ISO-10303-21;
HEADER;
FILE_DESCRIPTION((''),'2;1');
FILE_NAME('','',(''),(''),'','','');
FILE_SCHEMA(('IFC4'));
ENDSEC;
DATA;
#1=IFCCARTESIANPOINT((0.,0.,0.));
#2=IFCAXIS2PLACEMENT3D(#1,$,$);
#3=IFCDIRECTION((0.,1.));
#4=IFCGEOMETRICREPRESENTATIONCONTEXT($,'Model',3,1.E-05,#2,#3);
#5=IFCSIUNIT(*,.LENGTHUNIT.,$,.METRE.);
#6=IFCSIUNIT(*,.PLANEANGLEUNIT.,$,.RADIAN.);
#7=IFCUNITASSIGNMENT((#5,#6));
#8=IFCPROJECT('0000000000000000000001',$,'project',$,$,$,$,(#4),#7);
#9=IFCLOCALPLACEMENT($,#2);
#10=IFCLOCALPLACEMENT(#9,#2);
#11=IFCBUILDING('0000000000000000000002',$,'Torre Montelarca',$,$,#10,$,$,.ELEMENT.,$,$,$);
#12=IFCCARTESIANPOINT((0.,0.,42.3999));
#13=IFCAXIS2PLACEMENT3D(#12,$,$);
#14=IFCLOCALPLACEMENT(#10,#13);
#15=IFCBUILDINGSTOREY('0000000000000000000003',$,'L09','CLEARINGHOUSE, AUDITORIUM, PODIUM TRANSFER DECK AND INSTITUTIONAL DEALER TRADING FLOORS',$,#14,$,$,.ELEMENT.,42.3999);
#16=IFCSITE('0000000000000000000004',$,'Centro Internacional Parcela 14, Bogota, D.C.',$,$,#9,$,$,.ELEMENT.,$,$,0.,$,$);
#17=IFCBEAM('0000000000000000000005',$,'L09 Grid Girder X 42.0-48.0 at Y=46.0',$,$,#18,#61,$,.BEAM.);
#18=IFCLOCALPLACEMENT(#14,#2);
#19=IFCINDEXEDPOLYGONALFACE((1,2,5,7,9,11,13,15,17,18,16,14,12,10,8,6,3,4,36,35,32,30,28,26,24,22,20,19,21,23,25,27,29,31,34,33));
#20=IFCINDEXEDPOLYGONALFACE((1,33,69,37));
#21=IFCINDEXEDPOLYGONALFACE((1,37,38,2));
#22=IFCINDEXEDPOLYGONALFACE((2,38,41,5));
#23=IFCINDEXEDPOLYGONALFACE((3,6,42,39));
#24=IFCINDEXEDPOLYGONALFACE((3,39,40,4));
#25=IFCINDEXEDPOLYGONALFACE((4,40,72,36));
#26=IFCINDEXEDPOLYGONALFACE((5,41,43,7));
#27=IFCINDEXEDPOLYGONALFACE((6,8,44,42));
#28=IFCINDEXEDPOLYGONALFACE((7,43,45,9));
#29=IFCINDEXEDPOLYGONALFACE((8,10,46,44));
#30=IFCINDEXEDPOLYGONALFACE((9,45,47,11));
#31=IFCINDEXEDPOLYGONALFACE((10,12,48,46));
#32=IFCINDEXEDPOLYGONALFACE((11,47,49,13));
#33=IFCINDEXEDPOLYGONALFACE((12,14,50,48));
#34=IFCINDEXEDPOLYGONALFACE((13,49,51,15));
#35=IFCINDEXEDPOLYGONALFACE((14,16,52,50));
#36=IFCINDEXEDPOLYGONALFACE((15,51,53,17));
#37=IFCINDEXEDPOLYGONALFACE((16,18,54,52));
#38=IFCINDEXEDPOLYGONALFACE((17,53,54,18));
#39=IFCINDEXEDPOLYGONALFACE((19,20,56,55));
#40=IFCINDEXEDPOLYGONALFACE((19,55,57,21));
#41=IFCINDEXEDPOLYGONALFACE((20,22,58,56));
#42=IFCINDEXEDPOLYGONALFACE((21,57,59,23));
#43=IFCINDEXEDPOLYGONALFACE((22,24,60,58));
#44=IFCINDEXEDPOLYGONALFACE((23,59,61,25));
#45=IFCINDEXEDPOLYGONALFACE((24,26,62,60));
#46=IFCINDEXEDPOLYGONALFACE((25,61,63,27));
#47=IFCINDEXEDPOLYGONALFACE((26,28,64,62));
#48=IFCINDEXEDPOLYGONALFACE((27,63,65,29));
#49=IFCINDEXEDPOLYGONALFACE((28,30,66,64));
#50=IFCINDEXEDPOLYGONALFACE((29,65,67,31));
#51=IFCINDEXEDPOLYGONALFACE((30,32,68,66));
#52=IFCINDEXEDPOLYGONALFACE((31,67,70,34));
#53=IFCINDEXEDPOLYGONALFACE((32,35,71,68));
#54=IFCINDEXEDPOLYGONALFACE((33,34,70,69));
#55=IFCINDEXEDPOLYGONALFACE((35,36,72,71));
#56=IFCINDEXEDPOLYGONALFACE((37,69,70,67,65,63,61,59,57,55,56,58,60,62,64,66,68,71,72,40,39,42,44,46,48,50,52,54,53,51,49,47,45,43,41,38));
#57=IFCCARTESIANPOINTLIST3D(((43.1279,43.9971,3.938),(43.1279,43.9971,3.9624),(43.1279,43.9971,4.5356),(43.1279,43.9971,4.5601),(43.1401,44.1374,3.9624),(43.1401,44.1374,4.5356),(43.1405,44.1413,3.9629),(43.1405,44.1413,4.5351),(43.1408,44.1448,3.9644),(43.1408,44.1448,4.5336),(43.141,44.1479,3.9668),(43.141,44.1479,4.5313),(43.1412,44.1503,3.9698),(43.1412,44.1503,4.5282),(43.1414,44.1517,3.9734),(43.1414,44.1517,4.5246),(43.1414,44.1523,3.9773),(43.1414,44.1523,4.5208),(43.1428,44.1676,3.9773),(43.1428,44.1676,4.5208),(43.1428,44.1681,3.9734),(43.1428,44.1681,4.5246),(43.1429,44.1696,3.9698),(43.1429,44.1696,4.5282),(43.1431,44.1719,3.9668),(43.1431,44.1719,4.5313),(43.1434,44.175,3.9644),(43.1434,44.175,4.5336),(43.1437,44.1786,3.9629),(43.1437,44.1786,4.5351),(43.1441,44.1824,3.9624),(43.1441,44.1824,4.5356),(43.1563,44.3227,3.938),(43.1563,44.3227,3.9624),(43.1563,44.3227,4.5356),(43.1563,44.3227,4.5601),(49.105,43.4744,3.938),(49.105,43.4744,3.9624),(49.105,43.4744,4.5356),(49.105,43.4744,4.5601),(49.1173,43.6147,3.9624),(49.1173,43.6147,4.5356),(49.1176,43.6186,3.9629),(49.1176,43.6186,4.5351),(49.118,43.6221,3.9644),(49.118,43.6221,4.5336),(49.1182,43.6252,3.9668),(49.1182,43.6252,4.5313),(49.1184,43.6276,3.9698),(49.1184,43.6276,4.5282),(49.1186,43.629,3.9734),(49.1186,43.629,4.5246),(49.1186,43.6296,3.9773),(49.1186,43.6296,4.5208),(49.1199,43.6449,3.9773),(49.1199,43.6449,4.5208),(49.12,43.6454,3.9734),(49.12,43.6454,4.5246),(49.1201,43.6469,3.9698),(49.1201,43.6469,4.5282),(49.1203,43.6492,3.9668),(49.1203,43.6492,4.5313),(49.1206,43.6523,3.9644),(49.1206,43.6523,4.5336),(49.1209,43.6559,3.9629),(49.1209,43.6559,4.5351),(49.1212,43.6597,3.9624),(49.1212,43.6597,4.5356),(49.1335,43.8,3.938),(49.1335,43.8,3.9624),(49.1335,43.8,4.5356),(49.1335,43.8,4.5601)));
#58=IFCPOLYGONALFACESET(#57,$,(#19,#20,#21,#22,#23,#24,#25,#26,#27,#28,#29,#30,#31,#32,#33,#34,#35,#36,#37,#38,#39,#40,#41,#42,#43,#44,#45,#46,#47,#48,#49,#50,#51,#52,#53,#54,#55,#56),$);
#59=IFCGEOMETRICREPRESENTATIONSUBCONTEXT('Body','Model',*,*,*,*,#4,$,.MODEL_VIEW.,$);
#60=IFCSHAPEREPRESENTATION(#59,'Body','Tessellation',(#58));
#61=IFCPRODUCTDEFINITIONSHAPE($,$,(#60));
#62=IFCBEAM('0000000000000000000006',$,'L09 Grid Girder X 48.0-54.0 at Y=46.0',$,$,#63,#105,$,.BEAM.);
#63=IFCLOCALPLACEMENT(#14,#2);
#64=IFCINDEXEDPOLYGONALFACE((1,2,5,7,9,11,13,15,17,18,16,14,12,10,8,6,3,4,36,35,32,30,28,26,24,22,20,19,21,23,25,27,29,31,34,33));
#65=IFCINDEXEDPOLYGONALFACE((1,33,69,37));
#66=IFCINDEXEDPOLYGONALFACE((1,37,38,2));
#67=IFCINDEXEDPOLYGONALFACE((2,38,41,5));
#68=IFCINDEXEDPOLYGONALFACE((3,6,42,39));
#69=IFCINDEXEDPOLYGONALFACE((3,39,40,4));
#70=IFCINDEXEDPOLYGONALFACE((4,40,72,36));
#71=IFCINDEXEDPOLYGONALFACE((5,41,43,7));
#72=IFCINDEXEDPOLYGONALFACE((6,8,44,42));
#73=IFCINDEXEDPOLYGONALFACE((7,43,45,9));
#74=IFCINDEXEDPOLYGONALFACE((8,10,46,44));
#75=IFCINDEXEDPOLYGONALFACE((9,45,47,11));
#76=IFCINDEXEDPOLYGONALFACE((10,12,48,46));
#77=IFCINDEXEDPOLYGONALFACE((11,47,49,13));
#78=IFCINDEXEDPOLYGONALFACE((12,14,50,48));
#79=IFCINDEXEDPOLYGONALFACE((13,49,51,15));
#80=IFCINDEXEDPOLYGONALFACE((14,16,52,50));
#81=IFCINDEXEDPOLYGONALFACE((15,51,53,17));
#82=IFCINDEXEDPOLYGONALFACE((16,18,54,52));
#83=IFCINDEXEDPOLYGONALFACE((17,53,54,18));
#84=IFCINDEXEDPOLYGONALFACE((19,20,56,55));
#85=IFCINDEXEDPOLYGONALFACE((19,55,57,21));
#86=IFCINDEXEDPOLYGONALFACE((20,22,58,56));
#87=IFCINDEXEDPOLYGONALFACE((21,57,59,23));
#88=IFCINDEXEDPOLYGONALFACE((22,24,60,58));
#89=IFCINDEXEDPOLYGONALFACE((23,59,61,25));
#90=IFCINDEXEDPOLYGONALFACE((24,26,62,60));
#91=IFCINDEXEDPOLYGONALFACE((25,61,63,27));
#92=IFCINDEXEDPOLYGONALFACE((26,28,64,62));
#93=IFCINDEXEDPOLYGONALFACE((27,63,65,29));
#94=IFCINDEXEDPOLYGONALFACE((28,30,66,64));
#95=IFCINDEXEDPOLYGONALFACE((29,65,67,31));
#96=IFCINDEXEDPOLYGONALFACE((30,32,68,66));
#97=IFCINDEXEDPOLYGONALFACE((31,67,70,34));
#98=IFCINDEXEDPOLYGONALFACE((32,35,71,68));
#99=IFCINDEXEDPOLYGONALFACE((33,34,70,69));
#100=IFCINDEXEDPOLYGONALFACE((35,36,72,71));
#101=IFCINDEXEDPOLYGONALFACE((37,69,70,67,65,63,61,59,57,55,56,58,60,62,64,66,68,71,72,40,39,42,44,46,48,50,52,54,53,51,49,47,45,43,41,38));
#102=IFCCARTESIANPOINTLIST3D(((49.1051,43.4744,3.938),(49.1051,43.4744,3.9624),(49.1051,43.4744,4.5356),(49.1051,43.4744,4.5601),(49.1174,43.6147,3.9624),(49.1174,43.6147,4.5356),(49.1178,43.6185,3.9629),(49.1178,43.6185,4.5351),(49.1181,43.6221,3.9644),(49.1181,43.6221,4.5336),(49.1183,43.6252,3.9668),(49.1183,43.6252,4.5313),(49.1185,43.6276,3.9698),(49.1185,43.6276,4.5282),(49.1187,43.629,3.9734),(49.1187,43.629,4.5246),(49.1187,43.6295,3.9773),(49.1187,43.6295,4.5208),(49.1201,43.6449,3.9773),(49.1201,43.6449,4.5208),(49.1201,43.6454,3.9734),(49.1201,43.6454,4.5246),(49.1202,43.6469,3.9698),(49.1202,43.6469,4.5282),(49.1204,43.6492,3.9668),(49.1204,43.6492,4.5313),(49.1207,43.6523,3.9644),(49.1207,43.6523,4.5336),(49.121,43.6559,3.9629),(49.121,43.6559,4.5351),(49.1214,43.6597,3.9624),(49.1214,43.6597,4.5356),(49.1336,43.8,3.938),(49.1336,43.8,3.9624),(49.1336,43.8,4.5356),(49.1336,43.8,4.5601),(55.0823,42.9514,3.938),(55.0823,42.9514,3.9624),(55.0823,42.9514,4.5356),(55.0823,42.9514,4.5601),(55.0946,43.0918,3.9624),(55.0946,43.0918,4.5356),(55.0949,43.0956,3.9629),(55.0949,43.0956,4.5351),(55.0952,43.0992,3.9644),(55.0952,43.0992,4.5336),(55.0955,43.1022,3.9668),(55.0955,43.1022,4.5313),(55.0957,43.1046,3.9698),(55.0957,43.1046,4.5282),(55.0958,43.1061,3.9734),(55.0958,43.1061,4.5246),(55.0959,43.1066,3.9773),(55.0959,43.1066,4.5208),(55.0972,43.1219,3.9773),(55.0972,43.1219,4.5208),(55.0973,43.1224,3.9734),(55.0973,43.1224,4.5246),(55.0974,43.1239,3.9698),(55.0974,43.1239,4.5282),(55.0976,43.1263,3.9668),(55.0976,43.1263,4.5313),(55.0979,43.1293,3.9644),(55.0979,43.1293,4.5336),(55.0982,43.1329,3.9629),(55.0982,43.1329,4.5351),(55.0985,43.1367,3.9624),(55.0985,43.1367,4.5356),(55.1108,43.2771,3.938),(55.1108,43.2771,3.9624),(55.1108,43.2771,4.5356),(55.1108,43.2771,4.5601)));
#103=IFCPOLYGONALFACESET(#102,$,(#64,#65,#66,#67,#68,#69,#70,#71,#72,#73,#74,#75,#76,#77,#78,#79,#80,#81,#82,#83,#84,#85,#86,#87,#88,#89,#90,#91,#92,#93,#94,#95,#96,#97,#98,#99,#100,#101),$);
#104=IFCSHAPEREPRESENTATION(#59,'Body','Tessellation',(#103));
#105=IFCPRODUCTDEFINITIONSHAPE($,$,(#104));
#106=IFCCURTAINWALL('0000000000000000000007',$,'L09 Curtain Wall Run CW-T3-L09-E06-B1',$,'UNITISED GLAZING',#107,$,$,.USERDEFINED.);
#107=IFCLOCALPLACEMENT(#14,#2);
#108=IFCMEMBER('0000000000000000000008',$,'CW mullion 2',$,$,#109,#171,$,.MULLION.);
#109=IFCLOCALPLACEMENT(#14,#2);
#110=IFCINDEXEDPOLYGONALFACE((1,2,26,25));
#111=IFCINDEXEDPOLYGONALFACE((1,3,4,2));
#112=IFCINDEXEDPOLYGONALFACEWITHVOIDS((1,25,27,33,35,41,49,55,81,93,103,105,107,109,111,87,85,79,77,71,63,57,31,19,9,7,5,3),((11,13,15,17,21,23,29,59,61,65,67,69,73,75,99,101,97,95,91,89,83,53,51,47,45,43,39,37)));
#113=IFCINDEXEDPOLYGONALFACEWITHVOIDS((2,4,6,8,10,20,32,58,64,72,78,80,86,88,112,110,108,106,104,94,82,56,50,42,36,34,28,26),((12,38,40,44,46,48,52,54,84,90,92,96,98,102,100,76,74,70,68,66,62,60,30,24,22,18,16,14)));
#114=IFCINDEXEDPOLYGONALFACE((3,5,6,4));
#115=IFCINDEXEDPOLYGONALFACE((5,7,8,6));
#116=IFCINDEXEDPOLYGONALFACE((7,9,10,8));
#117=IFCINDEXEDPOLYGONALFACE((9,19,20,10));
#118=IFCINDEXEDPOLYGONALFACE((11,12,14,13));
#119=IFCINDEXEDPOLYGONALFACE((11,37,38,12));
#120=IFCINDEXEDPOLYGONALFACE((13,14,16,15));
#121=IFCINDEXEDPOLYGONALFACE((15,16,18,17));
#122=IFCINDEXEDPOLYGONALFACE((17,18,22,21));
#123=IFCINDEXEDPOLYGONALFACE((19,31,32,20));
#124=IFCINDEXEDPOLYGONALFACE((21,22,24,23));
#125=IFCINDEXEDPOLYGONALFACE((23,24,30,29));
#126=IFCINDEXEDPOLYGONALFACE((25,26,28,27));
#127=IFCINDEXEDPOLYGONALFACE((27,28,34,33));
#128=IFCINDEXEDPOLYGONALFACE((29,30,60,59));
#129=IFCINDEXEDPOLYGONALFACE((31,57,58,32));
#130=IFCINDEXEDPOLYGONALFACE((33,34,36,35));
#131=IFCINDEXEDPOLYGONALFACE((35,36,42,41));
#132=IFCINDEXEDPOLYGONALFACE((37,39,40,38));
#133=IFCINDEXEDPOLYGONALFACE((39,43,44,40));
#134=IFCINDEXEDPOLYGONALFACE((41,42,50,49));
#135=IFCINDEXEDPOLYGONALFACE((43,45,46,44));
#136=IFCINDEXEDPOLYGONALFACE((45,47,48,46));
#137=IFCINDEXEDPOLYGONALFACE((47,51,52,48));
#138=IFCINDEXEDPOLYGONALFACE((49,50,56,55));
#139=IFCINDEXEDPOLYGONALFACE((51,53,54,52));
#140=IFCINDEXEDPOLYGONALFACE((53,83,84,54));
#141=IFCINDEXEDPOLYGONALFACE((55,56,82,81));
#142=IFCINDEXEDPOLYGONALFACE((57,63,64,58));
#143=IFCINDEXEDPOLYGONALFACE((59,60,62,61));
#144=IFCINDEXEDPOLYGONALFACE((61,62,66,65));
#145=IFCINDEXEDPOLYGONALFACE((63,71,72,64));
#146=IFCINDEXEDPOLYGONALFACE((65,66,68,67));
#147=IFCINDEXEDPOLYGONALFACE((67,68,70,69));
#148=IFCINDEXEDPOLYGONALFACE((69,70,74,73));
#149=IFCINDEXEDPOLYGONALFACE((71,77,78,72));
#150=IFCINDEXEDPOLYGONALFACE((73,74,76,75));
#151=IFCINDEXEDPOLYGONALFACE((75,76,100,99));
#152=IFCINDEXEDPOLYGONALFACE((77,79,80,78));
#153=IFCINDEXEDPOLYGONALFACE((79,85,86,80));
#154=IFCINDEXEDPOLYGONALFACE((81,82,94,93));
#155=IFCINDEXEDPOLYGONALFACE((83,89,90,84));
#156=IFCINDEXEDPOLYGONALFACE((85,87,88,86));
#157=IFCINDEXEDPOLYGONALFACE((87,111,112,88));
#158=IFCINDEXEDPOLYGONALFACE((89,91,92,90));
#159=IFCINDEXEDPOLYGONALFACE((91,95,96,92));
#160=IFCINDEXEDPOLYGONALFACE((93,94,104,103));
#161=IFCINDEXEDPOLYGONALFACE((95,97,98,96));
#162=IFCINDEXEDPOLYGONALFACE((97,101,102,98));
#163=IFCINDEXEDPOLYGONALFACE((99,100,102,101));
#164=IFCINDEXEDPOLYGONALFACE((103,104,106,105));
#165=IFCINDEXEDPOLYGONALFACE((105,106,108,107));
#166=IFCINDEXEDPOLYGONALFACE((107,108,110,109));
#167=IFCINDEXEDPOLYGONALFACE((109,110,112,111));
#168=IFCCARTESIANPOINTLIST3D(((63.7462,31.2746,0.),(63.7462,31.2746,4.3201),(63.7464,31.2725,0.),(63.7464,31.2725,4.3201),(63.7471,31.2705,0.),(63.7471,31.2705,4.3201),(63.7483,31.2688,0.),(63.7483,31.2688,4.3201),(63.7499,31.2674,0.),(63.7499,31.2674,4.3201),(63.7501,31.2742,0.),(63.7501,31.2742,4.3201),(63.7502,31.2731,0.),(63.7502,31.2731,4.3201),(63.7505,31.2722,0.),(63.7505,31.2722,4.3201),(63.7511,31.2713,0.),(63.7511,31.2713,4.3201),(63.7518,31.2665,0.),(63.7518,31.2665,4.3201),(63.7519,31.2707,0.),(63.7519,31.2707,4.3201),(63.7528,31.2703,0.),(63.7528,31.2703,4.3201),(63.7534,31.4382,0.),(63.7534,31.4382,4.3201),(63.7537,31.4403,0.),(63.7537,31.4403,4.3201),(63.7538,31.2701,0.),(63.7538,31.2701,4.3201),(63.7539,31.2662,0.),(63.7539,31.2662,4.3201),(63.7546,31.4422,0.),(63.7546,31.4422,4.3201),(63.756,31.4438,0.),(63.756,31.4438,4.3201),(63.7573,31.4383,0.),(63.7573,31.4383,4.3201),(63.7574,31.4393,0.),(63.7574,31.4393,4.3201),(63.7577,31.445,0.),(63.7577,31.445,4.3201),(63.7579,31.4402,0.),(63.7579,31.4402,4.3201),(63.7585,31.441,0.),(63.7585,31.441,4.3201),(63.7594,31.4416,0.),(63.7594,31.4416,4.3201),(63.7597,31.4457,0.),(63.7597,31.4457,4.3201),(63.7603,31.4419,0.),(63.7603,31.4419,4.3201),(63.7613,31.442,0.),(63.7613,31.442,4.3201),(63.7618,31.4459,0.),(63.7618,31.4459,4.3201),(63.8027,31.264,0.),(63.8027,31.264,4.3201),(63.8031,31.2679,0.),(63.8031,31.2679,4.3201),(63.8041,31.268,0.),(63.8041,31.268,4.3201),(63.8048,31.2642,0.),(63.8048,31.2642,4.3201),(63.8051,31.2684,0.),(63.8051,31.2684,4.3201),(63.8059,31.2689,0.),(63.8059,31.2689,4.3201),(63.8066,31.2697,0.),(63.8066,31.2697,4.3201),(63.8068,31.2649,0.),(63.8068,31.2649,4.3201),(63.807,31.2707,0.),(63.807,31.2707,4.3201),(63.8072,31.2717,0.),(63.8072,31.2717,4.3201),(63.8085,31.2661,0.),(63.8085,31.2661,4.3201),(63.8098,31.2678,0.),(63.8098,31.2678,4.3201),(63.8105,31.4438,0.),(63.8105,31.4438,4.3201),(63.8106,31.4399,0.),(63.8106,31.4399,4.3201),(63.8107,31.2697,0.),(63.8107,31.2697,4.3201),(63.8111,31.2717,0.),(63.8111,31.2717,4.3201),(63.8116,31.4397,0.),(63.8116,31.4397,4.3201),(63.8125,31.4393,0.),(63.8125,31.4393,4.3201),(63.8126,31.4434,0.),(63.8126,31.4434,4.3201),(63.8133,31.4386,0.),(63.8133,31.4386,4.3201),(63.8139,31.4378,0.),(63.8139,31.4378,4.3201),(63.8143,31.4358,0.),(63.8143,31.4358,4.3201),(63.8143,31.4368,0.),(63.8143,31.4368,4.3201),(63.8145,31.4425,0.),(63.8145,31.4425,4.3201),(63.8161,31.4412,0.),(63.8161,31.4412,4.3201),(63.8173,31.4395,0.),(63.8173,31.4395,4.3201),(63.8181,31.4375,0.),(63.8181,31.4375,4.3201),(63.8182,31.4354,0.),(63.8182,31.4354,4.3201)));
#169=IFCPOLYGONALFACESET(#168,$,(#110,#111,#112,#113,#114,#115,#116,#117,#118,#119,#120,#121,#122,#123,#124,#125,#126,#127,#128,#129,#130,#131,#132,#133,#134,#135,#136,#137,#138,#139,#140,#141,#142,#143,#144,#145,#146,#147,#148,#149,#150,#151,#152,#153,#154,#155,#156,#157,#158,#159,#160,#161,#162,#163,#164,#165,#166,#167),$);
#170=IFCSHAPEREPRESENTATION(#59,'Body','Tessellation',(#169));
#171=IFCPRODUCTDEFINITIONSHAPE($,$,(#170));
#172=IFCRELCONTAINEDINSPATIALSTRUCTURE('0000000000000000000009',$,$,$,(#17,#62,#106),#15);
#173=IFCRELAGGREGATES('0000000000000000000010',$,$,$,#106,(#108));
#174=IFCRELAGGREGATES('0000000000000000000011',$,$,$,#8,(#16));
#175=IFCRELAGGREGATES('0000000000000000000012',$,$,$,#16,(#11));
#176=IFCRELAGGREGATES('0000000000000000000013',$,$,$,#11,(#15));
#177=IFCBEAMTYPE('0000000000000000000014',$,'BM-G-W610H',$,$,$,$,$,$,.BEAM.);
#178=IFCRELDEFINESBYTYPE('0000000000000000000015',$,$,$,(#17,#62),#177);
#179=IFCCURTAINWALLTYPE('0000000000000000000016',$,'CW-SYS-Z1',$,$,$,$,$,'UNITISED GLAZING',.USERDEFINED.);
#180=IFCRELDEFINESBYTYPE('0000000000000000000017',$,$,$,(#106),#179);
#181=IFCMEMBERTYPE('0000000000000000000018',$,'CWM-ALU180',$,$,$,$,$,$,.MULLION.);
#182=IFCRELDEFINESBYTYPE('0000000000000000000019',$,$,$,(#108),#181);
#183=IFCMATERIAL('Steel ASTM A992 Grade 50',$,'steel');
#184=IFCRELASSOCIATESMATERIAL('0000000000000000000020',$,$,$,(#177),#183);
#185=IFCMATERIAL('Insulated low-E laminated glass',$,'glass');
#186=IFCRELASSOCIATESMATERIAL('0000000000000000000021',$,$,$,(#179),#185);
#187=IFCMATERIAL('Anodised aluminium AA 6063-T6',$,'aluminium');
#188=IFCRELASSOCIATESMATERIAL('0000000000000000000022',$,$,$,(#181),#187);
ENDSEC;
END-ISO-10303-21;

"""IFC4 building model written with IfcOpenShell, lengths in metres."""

from ifc_helpers import new_model, si_unit, direction, frame, origin, origin_2d, place, context, subcontext, project, spatial, hollow_rectangle, i_section, extrude, source, transform, mapped, material, material_profile, profile_set, type_object, element, aggregate, save


model = new_model("IFC4")

# Units and contexts
model_context = context("Model", 3, precision=1e-05, world=origin(), true_north=direction((0.0, 1.0)))
body_context = subcontext(model_context, "Body", "Model", "MODEL_VIEW")
ifc_project = project(units=[si_unit("LENGTHUNIT", "METRE"), si_unit("PLANEANGLEUNIT", "RADIAN")], contexts=[model_context])

# Site, building, storey
site_placement = place(None, origin())
site = spatial("IfcSite", under=ifc_project, at=site_placement, Name="Centro Internacional Parcela 14, Bogota, D.C.", CompositionType="ELEMENT", RefElevation=0.0)
building_placement = place(site_placement, origin())
building = spatial("IfcBuilding", under=site, at=building_placement, Name="Torre Montelarca", CompositionType="ELEMENT")
storey_placement = place(building_placement, frame((0.0, 0.0, 42.3999)))
storey = spatial("IfcBuildingStorey", under=building, at=storey_placement, Name="L09", Description="CLEARINGHOUSE, AUDITORIUM, PODIUM TRANSFER DECK AND INSTITUTIONAL DEALER TRADING FLOORS", CompositionType="ELEMENT", Elevation=42.3999)

# Shared definitions
ifc_material_1 = material(Name="Steel ASTM A992 Grade 50", Category="steel")

# Beams
ifc_material_profile_1 = material_profile(ifc_material_1, i_section(OverallWidth=0.3269, OverallDepth=0.6221, WebThickness=0.0154, FlangeThickness=0.0244, FilletRadius=0.0149, at=origin_2d()), Name="W610X195", Category="steel")
ifc_profile_set_1 = profile_set([ifc_material_profile_1], Name="Steel ASTM A992 Grade 50")
beam_type = type_object("IfcBeamType", Name="BM-G-W610H", PredefinedType="BEAM", material=ifc_profile_set_1)
shared_shape_1 = source(origin(), body_context, "Body", "SweptSolid", [
    extrude(i_section(OverallWidth=0.3269, OverallDepth=0.6221, WebThickness=0.0154, FlangeThickness=0.0244, FilletRadius=0.0149, at=origin_2d()), origin(), (0.0, 0.0, 1.0), 6.0),
])
for number, where, z_axis, x_axis, name in (
    (1, (43.1421, 44.1599, 4.249), (0.996198, -0.087116, 0.0), (0.087116, 0.996198, 0.0), "L09 Grid Girder X 42.0-48.0 at Y=46.0"),
    (2, (49.1194, 43.6372, 4.249), (0.996194, -0.08716, 0.0), (0.08716, 0.996194, 0.0), "L09 Grid Girder X 48.0-54.0 at Y=46.0"),
):
    element("IfcBeam", number, at=place(storey_placement, frame(where, z_axis=z_axis, x_axis=x_axis)), inside=storey, type_object=beam_type, Name=name, PredefinedType="BEAM", context=body_context, shape_type="MappedRepresentation", body=[
        mapped(shared_shape_1, transform((0.0, 0.0, 0.0), scale=1.0)),
    ])

# Curtain wall, member
ifc_material_2 = material(Name="Insulated low-E laminated glass", Category="glass")
curtain_wall_type = type_object("IfcCurtainWallType", Name="CW-SYS-Z1", ElementType="UNITISED GLAZING", PredefinedType="USERDEFINED", material=ifc_material_2)
curtain_wall_1_placement = place(storey_placement, origin())
curtain_wall_1 = element("IfcCurtainWall", 3, at=curtain_wall_1_placement, inside=storey, type_object=curtain_wall_type, Name="L09 Curtain Wall Run CW-T3-L09-E06-B1", ObjectType="UNITISED GLAZING", PredefinedType="USERDEFINED")
ifc_material_3 = material(Name="Anodised aluminium AA 6063-T6", Category="aluminium")
ifc_material_profile_2 = material_profile(ifc_material_3, hollow_rectangle(XDim=0.0649, YDim=0.1799, WallThickness=0.0039, InnerFilletRadius=0.0039, OuterFilletRadius=0.0081, at=origin_2d()), Name="ALU65X180X4", Category="aluminium")
ifc_profile_set_2 = profile_set([ifc_material_profile_2], Name="Anodised aluminium AA 6063-T6")
member_type_1 = type_object("IfcMemberType", Name="CWM-ALU180", PredefinedType="MULLION", material=ifc_profile_set_2)
shared_shape_2 = source(origin(), body_context, "Body", "SweptSolid", [
    extrude(hollow_rectangle(XDim=0.0649, YDim=0.1799, WallThickness=0.0039, InnerFilletRadius=0.0039, OuterFilletRadius=0.0081, at=origin_2d()), origin(), (0.0, 0.0, 1.0), 4.3201),
])
member_1_placement = place(storey_placement, frame((63.7822, 31.355, 0.0), z_axis=(0.0, 0.0, 1.0), x_axis=(-0.999048, 0.043618, 0.0)))
member_1 = element("IfcMember", 4, at=member_1_placement, type_object=member_type_1, Name="CW mullion 2", PredefinedType="MULLION", context=body_context, shape_type="MappedRepresentation", body=[
    mapped(shared_shape_2, transform((0.0, 0.0, 0.0), scale=1.0)),
])

aggregate(curtain_wall_1, [member_1])

save(model, "model.ifc")
